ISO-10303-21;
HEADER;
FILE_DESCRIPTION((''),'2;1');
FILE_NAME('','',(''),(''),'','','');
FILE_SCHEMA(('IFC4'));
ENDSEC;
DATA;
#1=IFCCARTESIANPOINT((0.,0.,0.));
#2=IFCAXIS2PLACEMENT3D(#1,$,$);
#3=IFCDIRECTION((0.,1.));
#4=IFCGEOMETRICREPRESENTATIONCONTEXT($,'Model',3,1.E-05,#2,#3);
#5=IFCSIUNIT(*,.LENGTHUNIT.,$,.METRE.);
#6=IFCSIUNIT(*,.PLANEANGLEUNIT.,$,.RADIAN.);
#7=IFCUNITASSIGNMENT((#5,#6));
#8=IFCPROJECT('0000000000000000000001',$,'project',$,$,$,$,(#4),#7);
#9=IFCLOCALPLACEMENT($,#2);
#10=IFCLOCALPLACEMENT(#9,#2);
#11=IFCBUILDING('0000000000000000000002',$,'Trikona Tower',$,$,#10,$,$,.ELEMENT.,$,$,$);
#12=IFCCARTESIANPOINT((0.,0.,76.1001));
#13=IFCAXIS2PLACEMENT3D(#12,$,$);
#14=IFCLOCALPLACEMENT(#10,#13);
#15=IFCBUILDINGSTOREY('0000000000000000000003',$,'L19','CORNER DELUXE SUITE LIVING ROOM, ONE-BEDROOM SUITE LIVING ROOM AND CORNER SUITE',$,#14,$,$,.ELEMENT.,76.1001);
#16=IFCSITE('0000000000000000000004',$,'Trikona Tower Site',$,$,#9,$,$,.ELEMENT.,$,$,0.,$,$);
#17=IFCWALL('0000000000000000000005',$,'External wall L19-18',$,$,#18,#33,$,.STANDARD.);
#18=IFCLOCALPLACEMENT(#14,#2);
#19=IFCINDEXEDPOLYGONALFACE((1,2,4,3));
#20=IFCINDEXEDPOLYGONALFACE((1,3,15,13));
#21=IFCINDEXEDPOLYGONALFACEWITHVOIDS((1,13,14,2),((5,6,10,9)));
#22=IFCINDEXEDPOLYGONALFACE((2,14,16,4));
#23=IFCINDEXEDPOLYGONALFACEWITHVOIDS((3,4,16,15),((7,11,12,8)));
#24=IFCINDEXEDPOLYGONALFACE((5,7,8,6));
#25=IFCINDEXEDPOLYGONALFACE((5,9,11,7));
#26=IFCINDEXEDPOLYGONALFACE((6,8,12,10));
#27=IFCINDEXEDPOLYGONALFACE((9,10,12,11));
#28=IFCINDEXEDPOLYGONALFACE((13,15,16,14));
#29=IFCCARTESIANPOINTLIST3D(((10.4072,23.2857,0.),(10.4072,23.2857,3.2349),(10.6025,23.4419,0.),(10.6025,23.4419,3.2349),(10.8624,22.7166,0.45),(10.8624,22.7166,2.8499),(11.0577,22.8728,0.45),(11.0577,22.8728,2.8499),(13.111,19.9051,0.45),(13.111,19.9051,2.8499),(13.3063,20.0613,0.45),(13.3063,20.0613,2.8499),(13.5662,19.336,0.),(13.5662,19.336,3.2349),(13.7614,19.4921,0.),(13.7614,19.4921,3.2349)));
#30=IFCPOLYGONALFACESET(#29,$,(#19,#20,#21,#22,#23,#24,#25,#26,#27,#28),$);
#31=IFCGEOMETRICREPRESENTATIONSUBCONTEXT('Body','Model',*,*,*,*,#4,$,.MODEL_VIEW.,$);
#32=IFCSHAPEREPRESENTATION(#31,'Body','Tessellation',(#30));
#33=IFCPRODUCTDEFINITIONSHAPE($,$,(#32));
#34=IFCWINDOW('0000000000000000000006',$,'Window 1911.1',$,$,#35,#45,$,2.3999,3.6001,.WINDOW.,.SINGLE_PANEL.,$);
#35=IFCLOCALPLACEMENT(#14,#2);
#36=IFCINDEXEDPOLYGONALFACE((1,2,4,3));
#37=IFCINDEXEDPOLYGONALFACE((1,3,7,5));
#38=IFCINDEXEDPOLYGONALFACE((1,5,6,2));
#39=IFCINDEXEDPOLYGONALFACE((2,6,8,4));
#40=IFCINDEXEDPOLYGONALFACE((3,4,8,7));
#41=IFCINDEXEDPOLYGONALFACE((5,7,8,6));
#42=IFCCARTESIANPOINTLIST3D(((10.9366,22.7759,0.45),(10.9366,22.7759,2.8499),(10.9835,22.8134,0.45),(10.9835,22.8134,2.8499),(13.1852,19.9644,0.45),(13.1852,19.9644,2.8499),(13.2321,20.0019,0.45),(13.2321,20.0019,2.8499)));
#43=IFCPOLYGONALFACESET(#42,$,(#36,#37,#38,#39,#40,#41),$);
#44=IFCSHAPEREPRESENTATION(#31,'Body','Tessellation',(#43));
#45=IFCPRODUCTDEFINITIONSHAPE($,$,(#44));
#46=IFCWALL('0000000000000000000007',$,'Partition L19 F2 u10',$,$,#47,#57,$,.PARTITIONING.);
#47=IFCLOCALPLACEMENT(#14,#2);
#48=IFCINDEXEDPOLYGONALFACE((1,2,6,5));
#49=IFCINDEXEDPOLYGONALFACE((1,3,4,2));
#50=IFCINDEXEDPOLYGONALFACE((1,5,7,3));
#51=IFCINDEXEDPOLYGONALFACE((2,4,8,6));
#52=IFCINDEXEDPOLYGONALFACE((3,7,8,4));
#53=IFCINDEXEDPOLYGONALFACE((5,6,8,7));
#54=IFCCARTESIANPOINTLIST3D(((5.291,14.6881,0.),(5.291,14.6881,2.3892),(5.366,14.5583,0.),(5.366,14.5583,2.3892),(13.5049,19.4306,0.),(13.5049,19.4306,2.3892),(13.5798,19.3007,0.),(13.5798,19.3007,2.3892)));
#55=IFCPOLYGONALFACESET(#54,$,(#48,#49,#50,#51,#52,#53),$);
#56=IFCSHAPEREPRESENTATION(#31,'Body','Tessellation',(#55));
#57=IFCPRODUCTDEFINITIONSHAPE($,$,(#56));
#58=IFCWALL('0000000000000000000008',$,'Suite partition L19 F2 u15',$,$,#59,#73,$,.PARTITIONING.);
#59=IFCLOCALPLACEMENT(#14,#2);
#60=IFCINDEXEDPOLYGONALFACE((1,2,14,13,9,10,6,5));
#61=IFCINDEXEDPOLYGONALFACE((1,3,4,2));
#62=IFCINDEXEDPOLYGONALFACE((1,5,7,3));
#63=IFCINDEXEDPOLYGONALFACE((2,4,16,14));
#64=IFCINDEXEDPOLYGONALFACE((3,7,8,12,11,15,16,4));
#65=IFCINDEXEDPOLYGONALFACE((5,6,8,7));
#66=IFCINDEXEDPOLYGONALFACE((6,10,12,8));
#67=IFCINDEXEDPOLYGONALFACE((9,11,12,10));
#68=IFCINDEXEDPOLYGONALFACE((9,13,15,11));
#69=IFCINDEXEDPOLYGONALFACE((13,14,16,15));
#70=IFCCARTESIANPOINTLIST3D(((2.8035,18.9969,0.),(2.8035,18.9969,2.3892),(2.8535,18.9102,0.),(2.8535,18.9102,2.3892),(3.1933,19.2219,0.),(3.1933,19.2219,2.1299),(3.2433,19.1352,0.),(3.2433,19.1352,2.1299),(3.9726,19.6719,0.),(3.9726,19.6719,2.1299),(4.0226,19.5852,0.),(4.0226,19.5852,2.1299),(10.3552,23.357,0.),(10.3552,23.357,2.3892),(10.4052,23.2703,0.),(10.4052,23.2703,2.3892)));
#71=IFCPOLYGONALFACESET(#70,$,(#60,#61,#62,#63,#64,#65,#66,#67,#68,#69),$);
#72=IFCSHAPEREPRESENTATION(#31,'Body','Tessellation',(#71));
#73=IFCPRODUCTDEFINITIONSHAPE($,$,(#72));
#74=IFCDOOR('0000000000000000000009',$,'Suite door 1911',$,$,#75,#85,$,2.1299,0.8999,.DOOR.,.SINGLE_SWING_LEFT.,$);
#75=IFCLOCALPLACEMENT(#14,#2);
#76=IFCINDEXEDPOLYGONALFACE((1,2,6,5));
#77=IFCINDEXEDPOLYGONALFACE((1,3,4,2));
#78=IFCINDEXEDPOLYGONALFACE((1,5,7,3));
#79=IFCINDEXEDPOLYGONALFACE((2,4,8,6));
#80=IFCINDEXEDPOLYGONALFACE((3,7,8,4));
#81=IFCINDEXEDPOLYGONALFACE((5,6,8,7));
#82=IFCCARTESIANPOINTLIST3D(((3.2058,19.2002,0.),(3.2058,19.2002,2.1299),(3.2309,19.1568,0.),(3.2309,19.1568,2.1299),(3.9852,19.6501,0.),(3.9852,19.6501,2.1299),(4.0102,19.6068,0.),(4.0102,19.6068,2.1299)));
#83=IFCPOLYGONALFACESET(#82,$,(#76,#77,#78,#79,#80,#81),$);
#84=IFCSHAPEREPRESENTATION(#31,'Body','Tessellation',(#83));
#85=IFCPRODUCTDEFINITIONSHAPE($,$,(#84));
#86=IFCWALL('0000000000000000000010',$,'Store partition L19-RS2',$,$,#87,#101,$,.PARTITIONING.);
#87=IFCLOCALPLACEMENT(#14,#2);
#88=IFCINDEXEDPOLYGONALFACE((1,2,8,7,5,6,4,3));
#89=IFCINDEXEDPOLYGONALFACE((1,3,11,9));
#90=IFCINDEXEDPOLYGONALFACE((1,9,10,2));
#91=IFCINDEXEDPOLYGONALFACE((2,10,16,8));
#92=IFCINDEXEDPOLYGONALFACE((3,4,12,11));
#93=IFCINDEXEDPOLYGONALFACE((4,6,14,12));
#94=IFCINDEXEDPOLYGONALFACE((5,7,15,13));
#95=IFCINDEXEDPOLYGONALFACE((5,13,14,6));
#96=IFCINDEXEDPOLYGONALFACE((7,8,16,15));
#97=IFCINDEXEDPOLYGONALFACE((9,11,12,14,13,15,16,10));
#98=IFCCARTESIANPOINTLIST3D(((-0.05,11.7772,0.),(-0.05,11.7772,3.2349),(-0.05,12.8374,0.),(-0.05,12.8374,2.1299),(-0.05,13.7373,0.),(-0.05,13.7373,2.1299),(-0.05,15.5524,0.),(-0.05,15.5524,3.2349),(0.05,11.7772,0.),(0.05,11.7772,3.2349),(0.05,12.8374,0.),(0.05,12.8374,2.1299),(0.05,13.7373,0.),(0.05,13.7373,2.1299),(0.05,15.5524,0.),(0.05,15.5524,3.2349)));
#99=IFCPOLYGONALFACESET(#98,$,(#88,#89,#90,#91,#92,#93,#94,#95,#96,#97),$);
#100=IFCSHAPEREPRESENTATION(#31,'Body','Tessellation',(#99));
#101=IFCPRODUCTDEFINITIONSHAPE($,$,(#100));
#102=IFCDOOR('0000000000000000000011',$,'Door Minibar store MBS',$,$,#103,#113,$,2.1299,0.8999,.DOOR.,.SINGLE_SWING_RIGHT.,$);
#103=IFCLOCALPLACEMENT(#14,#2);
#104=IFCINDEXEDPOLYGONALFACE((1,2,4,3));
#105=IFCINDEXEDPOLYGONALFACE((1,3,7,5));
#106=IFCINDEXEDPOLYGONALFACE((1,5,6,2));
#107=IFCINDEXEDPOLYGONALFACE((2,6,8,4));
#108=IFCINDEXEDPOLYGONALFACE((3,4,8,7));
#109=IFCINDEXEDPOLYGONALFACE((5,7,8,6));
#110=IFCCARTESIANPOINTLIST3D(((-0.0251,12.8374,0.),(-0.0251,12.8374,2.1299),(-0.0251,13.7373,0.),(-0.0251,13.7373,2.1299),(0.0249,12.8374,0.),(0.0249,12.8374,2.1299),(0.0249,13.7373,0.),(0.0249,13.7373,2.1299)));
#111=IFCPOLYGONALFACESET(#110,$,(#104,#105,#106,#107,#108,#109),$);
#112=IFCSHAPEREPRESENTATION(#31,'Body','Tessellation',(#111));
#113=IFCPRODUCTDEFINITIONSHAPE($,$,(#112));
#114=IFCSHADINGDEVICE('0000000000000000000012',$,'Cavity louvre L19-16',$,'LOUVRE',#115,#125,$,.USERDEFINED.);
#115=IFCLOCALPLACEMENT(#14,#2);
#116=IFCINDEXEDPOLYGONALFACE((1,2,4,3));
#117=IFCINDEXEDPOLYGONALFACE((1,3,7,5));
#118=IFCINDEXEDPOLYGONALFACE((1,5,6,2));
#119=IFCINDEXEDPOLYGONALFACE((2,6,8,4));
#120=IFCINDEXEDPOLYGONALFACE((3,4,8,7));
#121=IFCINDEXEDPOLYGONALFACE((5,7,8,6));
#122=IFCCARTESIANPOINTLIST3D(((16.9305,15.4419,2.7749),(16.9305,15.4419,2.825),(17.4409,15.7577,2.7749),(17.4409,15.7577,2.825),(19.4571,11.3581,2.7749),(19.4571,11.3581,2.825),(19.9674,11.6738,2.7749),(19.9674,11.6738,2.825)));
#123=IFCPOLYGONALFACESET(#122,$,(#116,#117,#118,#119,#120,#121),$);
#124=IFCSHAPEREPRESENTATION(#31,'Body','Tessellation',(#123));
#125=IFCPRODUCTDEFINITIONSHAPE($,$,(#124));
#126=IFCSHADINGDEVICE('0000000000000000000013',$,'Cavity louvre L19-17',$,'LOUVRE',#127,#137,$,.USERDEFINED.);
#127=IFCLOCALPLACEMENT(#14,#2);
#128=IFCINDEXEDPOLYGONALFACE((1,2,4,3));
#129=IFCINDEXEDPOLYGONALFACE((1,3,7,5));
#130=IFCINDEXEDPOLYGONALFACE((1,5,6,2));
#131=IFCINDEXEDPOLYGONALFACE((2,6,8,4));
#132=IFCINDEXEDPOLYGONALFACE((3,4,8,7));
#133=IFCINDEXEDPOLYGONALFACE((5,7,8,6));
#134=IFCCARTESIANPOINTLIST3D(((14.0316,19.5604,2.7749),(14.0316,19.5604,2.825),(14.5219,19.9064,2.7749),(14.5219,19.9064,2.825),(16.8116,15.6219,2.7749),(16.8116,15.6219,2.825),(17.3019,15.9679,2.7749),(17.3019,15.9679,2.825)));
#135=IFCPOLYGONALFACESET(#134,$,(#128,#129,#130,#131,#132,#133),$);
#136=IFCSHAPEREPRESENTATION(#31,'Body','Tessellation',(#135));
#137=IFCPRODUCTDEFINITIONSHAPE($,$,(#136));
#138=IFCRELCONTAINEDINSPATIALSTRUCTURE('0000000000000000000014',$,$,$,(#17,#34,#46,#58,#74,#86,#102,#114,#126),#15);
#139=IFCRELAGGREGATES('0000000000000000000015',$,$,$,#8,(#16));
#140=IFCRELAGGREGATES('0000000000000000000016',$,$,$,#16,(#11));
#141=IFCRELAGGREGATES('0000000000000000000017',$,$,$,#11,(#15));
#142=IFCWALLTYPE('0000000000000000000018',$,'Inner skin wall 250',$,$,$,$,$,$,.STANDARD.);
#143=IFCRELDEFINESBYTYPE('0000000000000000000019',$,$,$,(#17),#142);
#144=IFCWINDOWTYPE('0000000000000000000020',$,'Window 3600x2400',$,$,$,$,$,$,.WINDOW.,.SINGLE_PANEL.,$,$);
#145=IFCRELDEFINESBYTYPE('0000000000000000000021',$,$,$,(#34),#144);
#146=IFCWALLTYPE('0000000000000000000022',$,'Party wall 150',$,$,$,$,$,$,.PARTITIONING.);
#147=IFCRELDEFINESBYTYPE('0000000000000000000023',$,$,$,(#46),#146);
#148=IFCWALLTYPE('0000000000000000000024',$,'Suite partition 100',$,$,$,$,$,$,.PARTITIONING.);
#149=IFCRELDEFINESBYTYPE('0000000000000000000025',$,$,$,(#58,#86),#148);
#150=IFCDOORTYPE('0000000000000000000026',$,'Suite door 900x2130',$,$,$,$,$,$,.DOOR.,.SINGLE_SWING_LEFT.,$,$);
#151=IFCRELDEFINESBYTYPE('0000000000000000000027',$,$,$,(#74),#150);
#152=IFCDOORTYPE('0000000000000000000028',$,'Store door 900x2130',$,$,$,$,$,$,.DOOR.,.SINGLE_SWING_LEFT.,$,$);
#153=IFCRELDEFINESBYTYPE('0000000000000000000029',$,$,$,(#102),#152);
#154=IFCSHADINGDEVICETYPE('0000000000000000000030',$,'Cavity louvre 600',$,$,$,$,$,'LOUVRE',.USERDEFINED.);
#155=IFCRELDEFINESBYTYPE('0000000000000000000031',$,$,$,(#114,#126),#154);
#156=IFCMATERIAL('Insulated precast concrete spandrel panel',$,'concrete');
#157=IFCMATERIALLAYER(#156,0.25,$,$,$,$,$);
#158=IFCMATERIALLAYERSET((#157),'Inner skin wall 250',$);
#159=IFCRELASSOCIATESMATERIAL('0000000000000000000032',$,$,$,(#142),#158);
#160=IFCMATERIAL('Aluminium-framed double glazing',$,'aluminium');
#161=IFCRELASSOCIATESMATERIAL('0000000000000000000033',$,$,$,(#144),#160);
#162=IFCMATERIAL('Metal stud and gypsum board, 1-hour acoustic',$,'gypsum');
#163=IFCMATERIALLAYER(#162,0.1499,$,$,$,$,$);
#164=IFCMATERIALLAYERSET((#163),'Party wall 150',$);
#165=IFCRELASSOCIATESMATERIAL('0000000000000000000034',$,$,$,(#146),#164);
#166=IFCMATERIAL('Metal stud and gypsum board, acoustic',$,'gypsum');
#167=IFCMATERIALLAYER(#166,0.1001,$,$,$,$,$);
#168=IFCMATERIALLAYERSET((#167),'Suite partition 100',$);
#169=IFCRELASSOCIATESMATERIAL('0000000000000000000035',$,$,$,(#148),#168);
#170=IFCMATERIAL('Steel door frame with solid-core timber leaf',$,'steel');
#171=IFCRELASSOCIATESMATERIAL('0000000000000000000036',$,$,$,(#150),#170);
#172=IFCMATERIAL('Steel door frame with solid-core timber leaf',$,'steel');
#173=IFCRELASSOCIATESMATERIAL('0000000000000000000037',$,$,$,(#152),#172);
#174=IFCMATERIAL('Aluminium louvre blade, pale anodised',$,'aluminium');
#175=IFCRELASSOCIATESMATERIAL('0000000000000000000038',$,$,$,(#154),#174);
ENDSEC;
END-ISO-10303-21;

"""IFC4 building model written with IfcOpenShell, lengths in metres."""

from ifc_helpers import new_model, si_unit, direction, frame, frame_2d, origin, origin_2d, place, context, subcontext, project, spatial, rectangle, extrude, material, layer, layer_set, type_object, element, fill, save


model = new_model("IFC4")

# Units and contexts
model_context = context("Model", 3, precision=1e-05, world=origin(), true_north=direction((0.0, 1.0)))
body_context = subcontext(model_context, "Body", "Model", "MODEL_VIEW")
ifc_project = project(units=[si_unit("LENGTHUNIT", "METRE"), si_unit("PLANEANGLEUNIT", "RADIAN")], contexts=[model_context])

# Site, building, storey
site_placement = place(None, origin())
site = spatial("IfcSite", under=ifc_project, at=site_placement, Name="Trikona Tower Site", CompositionType="ELEMENT", RefElevation=0.0)
building_placement = place(site_placement, origin())
building = spatial("IfcBuilding", under=site, at=building_placement, Name="Trikona Tower", CompositionType="ELEMENT")
storey_placement = place(building_placement, frame((0.0, 0.0, 76.1001)))
storey = spatial("IfcBuildingStorey", under=building, at=storey_placement, Name="L19", Description="CORNER DELUXE SUITE LIVING ROOM, ONE-BEDROOM SUITE LIVING ROOM AND CORNER SUITE", CompositionType="ELEMENT", Elevation=76.1001)

# Wall, opening, window
ifc_material_1 = material(Name="Insulated precast concrete spandrel panel", Category="concrete")
ifc_layer_1 = layer(ifc_material_1, 0.25)
ifc_layer_set_1 = layer_set([ifc_layer_1], Name="Inner skin wall 250")
wall_type_1 = type_object("IfcWallType", Name="Inner skin wall 250", PredefinedType="STANDARD", material=ifc_layer_set_1)
ifc_material_2 = material(Name="Aluminium-framed double glazing", Category="aluminium")
window_type = type_object("IfcWindowType", Name="Window 3600x2400", PartitioningType="SINGLE_PANEL", PredefinedType="WINDOW", material=ifc_material_2)
wall_1_placement = place(storey_placement, frame((13.6638, 19.4141, 0.0), z_axis=(0.0, 0.0, 1.0), x_axis=(-0.624595, 0.780949, 0.0)))
wall_1 = element("IfcWall", 1, at=wall_1_placement, inside=storey, type_object=wall_type_1, Name="External wall L19-18", PredefinedType="STANDARD", context=body_context, shape_type="SweptSolid", body=[
    extrude(rectangle(XDim=5.0576, YDim=0.25, at=frame_2d((2.5288, 0.0))), origin(), (0.0, 0.0, 1.0), 3.2349),
])
opening_1_placement = place(wall_1_placement, frame((0.7288, 0.0, 0.45)))
opening_1 = element("IfcOpeningElement", 2, at=opening_1_placement, cuts=wall_1, PredefinedType="OPENING", context=body_context, shape_type="SweptSolid", body=[
    extrude(rectangle(XDim=3.6001, YDim=2.3999, at=frame_2d((1.8, 1.2))), frame((0.0, 0.135, 0.0), z_axis=(0.0, -1.0, 0.0), x_axis=(1.0, 0.0, 0.0)), (0.0, 0.0, 1.0), 0.27),
])
window_1_placement = place(opening_1_placement, origin())
window_1 = element("IfcWindow", 3, at=window_1_placement, inside=storey, type_object=window_type, Name="Window 1911.1", OverallHeight=2.3999, OverallWidth=3.6001, PartitioningType="SINGLE_PANEL", PredefinedType="WINDOW", context=body_context, shape_type="SweptSolid", body=[
    extrude(rectangle(XDim=3.6001, YDim=2.3999, at=frame_2d((1.8, 1.2))), frame((0.0, 0.03, 0.0), z_axis=(0.0, -1.0, 0.0), x_axis=(1.0, 0.0, 0.0)), (0.0, 0.0, 1.0), 0.0601),
])
fill(opening_1, window_1)

# Wall
ifc_material_3 = material(Name="Metal stud and gypsum board, 1-hour acoustic", Category="gypsum")
ifc_layer_2 = layer(ifc_material_3, 0.1499)
ifc_layer_set_2 = layer_set([ifc_layer_2], Name="Party wall 150")
wall_type_2 = type_object("IfcWallType", Name="Party wall 150", PredefinedType="PARTITIONING", material=ifc_layer_set_2)
wall_2_placement = place(storey_placement, frame((5.3286, 14.6233, 0.0), z_axis=(0.0, 0.0, 1.0), x_axis=(0.866018, 0.500012, 0.0)))
element("IfcWall", 4, at=wall_2_placement, inside=storey, type_object=wall_type_2, Name="Partition L19 F2 u10", PredefinedType="PARTITIONING", context=body_context, shape_type="SweptSolid", body=[
    extrude(rectangle(XDim=9.4846, YDim=0.1499, at=frame_2d((4.7422, 0.0))), origin(), (0.0, 0.0, 1.0), 2.3892),
])

# Walls, openings, doors
ifc_material_4 = material(Name="Metal stud and gypsum board, acoustic", Category="gypsum")
ifc_layer_3 = layer(ifc_material_4, 0.1001)
ifc_layer_set_3 = layer_set([ifc_layer_3], Name="Suite partition 100")
wall_type_3 = type_object("IfcWallType", Name="Suite partition 100", PredefinedType="PARTITIONING", material=ifc_layer_set_3)
wall_3_placement = place(storey_placement, frame((2.8286, 18.9536, 0.0), z_axis=(0.0, 0.0, 1.0), x_axis=(0.866021, 0.500008, 0.0)))
wall_3 = element("IfcWall", 5, at=wall_3_placement, inside=storey, type_object=wall_type_3, Name="Suite partition L19 F2 u15", PredefinedType="PARTITIONING", context=body_context, shape_type="SweptSolid", body=[
    extrude(rectangle(XDim=8.72, YDim=0.1001, at=frame_2d((4.3599, 0.0))), origin(), (0.0, 0.0, 1.0), 2.3892),
])
opening_2_placement = place(wall_3_placement, frame((0.45, 0.0, 0.0)))
opening_2 = element("IfcOpeningElement", 6, at=opening_2_placement, cuts=wall_3, PredefinedType="OPENING", context=body_context, shape_type="SweptSolid", body=[
    extrude(rectangle(XDim=0.8999, YDim=2.1299, at=frame_2d((0.45, 1.0649))), frame((0.0, 0.0601, 0.0), z_axis=(0.0, -1.0, 0.0), x_axis=(1.0, 0.0, 0.0)), (0.0, 0.0, 1.0), 0.1201),
])
ifc_material_5 = material(Name="Steel door frame with solid-core timber leaf", Category="steel")
door_type_1 = type_object("IfcDoorType", Name="Suite door 900x2130", OperationType="SINGLE_SWING_LEFT", PredefinedType="DOOR", material=ifc_material_5)
door_1_placement = place(opening_2_placement, origin())
door_1 = element("IfcDoor", 7, at=door_1_placement, inside=storey, type_object=door_type_1, Name="Suite door 1911", OperationType="SINGLE_SWING_LEFT", OverallHeight=2.1299, OverallWidth=0.8999, PredefinedType="DOOR", context=body_context, shape_type="SweptSolid", body=[
    extrude(rectangle(XDim=0.8999, YDim=2.1299, at=frame_2d((0.45, 1.0649))), frame((0.0, 0.0249, 0.0), z_axis=(0.0, -1.0, 0.0), x_axis=(1.0, 0.0, 0.0)), (0.0, 0.0, 1.0), 0.05),
])
fill(opening_2, door_1)
wall_4_placement = place(storey_placement, frame((0.0, 15.5525, 0.0), z_axis=(0.0, 0.0, 1.0), x_axis=(0.0, -1.0, 0.0)))
wall_4 = element("IfcWall", 8, at=wall_4_placement, inside=storey, type_object=wall_type_3, Name="Store partition L19-RS2", PredefinedType="PARTITIONING", context=body_context, shape_type="SweptSolid", body=[
    extrude(rectangle(XDim=3.7751, YDim=0.1001, at=frame_2d((1.8877, 0.0))), origin(), (0.0, 0.0, 1.0), 3.2349),
])
opening_3_placement = place(wall_4_placement, frame((1.8152, 0.0, 0.0)))
opening_3 = element("IfcOpeningElement", 9, at=opening_3_placement, cuts=wall_4, PredefinedType="OPENING", context=body_context, shape_type="SweptSolid", body=[
    extrude(rectangle(XDim=0.8999, YDim=2.1299, at=frame_2d((0.45, 1.0649))), frame((0.0, 0.0601, 0.0), z_axis=(0.0, -1.0, 0.0), x_axis=(1.0, 0.0, 0.0)), (0.0, 0.0, 1.0), 0.1201),
])
ifc_material_6 = material(Name="Steel door frame with solid-core timber leaf", Category="steel")
door_type_2 = type_object("IfcDoorType", Name="Store door 900x2130", OperationType="SINGLE_SWING_LEFT", PredefinedType="DOOR", material=ifc_material_6)
door_2_placement = place(opening_3_placement, origin())
door_2 = element("IfcDoor", 10, at=door_2_placement, inside=storey, type_object=door_type_2, Name="Door Minibar store MBS", OperationType="SINGLE_SWING_RIGHT", OverallHeight=2.1299, OverallWidth=0.8999, PredefinedType="DOOR", context=body_context, shape_type="SweptSolid", body=[
    extrude(rectangle(XDim=0.8999, YDim=2.1299, at=frame_2d((0.45, 1.0649))), frame((0.0, 0.0249, 0.0), z_axis=(0.0, -1.0, 0.0), x_axis=(1.0, 0.0, 0.0)), (0.0, 0.0, 1.0), 0.05),
])
fill(opening_3, door_2)

# Shading devices
ifc_material_7 = material(Name="Aluminium louvre blade, pale anodised", Category="aluminium")
shading_device_type = type_object("IfcShadingDeviceType", Name="Cavity louvre 600", ElementType="LOUVRE", PredefinedType="USERDEFINED", material=ifc_material_7)
shading_device_1_placement = place(storey_placement, frame((18.449, 13.5579, 2.7749), z_axis=(0.0, 0.0, 1.0), x_axis=(-0.526119, 0.850411, 0.0)))
element("IfcShadingDevice", 11, at=shading_device_1_placement, inside=storey, type_object=shading_device_type, Name="Cavity louvre L19-16", ObjectType="LOUVRE", PredefinedType="USERDEFINED", context=body_context, shape_type="SweptSolid", body=[
    extrude(rectangle(XDim=4.8022, YDim=0.6001, at=origin_2d()), origin(), (0.0, 0.0, 1.0), 0.05),
])
shading_device_2_placement = place(storey_placement, frame((15.6667, 17.7642, 2.7749), z_axis=(0.0, 0.0, 1.0), x_axis=(-0.576662, 0.816983, 0.0)))
element("IfcShadingDevice", 12, at=shading_device_2_placement, inside=storey, type_object=shading_device_type, Name="Cavity louvre L19-17", ObjectType="LOUVRE", PredefinedType="USERDEFINED", context=body_context, shape_type="SweptSolid", body=[
    extrude(rectangle(XDim=4.8208, YDim=0.6001, at=origin_2d()), origin(), (0.0, 0.0, 1.0), 0.05),
])

save(model, "model.ifc")
